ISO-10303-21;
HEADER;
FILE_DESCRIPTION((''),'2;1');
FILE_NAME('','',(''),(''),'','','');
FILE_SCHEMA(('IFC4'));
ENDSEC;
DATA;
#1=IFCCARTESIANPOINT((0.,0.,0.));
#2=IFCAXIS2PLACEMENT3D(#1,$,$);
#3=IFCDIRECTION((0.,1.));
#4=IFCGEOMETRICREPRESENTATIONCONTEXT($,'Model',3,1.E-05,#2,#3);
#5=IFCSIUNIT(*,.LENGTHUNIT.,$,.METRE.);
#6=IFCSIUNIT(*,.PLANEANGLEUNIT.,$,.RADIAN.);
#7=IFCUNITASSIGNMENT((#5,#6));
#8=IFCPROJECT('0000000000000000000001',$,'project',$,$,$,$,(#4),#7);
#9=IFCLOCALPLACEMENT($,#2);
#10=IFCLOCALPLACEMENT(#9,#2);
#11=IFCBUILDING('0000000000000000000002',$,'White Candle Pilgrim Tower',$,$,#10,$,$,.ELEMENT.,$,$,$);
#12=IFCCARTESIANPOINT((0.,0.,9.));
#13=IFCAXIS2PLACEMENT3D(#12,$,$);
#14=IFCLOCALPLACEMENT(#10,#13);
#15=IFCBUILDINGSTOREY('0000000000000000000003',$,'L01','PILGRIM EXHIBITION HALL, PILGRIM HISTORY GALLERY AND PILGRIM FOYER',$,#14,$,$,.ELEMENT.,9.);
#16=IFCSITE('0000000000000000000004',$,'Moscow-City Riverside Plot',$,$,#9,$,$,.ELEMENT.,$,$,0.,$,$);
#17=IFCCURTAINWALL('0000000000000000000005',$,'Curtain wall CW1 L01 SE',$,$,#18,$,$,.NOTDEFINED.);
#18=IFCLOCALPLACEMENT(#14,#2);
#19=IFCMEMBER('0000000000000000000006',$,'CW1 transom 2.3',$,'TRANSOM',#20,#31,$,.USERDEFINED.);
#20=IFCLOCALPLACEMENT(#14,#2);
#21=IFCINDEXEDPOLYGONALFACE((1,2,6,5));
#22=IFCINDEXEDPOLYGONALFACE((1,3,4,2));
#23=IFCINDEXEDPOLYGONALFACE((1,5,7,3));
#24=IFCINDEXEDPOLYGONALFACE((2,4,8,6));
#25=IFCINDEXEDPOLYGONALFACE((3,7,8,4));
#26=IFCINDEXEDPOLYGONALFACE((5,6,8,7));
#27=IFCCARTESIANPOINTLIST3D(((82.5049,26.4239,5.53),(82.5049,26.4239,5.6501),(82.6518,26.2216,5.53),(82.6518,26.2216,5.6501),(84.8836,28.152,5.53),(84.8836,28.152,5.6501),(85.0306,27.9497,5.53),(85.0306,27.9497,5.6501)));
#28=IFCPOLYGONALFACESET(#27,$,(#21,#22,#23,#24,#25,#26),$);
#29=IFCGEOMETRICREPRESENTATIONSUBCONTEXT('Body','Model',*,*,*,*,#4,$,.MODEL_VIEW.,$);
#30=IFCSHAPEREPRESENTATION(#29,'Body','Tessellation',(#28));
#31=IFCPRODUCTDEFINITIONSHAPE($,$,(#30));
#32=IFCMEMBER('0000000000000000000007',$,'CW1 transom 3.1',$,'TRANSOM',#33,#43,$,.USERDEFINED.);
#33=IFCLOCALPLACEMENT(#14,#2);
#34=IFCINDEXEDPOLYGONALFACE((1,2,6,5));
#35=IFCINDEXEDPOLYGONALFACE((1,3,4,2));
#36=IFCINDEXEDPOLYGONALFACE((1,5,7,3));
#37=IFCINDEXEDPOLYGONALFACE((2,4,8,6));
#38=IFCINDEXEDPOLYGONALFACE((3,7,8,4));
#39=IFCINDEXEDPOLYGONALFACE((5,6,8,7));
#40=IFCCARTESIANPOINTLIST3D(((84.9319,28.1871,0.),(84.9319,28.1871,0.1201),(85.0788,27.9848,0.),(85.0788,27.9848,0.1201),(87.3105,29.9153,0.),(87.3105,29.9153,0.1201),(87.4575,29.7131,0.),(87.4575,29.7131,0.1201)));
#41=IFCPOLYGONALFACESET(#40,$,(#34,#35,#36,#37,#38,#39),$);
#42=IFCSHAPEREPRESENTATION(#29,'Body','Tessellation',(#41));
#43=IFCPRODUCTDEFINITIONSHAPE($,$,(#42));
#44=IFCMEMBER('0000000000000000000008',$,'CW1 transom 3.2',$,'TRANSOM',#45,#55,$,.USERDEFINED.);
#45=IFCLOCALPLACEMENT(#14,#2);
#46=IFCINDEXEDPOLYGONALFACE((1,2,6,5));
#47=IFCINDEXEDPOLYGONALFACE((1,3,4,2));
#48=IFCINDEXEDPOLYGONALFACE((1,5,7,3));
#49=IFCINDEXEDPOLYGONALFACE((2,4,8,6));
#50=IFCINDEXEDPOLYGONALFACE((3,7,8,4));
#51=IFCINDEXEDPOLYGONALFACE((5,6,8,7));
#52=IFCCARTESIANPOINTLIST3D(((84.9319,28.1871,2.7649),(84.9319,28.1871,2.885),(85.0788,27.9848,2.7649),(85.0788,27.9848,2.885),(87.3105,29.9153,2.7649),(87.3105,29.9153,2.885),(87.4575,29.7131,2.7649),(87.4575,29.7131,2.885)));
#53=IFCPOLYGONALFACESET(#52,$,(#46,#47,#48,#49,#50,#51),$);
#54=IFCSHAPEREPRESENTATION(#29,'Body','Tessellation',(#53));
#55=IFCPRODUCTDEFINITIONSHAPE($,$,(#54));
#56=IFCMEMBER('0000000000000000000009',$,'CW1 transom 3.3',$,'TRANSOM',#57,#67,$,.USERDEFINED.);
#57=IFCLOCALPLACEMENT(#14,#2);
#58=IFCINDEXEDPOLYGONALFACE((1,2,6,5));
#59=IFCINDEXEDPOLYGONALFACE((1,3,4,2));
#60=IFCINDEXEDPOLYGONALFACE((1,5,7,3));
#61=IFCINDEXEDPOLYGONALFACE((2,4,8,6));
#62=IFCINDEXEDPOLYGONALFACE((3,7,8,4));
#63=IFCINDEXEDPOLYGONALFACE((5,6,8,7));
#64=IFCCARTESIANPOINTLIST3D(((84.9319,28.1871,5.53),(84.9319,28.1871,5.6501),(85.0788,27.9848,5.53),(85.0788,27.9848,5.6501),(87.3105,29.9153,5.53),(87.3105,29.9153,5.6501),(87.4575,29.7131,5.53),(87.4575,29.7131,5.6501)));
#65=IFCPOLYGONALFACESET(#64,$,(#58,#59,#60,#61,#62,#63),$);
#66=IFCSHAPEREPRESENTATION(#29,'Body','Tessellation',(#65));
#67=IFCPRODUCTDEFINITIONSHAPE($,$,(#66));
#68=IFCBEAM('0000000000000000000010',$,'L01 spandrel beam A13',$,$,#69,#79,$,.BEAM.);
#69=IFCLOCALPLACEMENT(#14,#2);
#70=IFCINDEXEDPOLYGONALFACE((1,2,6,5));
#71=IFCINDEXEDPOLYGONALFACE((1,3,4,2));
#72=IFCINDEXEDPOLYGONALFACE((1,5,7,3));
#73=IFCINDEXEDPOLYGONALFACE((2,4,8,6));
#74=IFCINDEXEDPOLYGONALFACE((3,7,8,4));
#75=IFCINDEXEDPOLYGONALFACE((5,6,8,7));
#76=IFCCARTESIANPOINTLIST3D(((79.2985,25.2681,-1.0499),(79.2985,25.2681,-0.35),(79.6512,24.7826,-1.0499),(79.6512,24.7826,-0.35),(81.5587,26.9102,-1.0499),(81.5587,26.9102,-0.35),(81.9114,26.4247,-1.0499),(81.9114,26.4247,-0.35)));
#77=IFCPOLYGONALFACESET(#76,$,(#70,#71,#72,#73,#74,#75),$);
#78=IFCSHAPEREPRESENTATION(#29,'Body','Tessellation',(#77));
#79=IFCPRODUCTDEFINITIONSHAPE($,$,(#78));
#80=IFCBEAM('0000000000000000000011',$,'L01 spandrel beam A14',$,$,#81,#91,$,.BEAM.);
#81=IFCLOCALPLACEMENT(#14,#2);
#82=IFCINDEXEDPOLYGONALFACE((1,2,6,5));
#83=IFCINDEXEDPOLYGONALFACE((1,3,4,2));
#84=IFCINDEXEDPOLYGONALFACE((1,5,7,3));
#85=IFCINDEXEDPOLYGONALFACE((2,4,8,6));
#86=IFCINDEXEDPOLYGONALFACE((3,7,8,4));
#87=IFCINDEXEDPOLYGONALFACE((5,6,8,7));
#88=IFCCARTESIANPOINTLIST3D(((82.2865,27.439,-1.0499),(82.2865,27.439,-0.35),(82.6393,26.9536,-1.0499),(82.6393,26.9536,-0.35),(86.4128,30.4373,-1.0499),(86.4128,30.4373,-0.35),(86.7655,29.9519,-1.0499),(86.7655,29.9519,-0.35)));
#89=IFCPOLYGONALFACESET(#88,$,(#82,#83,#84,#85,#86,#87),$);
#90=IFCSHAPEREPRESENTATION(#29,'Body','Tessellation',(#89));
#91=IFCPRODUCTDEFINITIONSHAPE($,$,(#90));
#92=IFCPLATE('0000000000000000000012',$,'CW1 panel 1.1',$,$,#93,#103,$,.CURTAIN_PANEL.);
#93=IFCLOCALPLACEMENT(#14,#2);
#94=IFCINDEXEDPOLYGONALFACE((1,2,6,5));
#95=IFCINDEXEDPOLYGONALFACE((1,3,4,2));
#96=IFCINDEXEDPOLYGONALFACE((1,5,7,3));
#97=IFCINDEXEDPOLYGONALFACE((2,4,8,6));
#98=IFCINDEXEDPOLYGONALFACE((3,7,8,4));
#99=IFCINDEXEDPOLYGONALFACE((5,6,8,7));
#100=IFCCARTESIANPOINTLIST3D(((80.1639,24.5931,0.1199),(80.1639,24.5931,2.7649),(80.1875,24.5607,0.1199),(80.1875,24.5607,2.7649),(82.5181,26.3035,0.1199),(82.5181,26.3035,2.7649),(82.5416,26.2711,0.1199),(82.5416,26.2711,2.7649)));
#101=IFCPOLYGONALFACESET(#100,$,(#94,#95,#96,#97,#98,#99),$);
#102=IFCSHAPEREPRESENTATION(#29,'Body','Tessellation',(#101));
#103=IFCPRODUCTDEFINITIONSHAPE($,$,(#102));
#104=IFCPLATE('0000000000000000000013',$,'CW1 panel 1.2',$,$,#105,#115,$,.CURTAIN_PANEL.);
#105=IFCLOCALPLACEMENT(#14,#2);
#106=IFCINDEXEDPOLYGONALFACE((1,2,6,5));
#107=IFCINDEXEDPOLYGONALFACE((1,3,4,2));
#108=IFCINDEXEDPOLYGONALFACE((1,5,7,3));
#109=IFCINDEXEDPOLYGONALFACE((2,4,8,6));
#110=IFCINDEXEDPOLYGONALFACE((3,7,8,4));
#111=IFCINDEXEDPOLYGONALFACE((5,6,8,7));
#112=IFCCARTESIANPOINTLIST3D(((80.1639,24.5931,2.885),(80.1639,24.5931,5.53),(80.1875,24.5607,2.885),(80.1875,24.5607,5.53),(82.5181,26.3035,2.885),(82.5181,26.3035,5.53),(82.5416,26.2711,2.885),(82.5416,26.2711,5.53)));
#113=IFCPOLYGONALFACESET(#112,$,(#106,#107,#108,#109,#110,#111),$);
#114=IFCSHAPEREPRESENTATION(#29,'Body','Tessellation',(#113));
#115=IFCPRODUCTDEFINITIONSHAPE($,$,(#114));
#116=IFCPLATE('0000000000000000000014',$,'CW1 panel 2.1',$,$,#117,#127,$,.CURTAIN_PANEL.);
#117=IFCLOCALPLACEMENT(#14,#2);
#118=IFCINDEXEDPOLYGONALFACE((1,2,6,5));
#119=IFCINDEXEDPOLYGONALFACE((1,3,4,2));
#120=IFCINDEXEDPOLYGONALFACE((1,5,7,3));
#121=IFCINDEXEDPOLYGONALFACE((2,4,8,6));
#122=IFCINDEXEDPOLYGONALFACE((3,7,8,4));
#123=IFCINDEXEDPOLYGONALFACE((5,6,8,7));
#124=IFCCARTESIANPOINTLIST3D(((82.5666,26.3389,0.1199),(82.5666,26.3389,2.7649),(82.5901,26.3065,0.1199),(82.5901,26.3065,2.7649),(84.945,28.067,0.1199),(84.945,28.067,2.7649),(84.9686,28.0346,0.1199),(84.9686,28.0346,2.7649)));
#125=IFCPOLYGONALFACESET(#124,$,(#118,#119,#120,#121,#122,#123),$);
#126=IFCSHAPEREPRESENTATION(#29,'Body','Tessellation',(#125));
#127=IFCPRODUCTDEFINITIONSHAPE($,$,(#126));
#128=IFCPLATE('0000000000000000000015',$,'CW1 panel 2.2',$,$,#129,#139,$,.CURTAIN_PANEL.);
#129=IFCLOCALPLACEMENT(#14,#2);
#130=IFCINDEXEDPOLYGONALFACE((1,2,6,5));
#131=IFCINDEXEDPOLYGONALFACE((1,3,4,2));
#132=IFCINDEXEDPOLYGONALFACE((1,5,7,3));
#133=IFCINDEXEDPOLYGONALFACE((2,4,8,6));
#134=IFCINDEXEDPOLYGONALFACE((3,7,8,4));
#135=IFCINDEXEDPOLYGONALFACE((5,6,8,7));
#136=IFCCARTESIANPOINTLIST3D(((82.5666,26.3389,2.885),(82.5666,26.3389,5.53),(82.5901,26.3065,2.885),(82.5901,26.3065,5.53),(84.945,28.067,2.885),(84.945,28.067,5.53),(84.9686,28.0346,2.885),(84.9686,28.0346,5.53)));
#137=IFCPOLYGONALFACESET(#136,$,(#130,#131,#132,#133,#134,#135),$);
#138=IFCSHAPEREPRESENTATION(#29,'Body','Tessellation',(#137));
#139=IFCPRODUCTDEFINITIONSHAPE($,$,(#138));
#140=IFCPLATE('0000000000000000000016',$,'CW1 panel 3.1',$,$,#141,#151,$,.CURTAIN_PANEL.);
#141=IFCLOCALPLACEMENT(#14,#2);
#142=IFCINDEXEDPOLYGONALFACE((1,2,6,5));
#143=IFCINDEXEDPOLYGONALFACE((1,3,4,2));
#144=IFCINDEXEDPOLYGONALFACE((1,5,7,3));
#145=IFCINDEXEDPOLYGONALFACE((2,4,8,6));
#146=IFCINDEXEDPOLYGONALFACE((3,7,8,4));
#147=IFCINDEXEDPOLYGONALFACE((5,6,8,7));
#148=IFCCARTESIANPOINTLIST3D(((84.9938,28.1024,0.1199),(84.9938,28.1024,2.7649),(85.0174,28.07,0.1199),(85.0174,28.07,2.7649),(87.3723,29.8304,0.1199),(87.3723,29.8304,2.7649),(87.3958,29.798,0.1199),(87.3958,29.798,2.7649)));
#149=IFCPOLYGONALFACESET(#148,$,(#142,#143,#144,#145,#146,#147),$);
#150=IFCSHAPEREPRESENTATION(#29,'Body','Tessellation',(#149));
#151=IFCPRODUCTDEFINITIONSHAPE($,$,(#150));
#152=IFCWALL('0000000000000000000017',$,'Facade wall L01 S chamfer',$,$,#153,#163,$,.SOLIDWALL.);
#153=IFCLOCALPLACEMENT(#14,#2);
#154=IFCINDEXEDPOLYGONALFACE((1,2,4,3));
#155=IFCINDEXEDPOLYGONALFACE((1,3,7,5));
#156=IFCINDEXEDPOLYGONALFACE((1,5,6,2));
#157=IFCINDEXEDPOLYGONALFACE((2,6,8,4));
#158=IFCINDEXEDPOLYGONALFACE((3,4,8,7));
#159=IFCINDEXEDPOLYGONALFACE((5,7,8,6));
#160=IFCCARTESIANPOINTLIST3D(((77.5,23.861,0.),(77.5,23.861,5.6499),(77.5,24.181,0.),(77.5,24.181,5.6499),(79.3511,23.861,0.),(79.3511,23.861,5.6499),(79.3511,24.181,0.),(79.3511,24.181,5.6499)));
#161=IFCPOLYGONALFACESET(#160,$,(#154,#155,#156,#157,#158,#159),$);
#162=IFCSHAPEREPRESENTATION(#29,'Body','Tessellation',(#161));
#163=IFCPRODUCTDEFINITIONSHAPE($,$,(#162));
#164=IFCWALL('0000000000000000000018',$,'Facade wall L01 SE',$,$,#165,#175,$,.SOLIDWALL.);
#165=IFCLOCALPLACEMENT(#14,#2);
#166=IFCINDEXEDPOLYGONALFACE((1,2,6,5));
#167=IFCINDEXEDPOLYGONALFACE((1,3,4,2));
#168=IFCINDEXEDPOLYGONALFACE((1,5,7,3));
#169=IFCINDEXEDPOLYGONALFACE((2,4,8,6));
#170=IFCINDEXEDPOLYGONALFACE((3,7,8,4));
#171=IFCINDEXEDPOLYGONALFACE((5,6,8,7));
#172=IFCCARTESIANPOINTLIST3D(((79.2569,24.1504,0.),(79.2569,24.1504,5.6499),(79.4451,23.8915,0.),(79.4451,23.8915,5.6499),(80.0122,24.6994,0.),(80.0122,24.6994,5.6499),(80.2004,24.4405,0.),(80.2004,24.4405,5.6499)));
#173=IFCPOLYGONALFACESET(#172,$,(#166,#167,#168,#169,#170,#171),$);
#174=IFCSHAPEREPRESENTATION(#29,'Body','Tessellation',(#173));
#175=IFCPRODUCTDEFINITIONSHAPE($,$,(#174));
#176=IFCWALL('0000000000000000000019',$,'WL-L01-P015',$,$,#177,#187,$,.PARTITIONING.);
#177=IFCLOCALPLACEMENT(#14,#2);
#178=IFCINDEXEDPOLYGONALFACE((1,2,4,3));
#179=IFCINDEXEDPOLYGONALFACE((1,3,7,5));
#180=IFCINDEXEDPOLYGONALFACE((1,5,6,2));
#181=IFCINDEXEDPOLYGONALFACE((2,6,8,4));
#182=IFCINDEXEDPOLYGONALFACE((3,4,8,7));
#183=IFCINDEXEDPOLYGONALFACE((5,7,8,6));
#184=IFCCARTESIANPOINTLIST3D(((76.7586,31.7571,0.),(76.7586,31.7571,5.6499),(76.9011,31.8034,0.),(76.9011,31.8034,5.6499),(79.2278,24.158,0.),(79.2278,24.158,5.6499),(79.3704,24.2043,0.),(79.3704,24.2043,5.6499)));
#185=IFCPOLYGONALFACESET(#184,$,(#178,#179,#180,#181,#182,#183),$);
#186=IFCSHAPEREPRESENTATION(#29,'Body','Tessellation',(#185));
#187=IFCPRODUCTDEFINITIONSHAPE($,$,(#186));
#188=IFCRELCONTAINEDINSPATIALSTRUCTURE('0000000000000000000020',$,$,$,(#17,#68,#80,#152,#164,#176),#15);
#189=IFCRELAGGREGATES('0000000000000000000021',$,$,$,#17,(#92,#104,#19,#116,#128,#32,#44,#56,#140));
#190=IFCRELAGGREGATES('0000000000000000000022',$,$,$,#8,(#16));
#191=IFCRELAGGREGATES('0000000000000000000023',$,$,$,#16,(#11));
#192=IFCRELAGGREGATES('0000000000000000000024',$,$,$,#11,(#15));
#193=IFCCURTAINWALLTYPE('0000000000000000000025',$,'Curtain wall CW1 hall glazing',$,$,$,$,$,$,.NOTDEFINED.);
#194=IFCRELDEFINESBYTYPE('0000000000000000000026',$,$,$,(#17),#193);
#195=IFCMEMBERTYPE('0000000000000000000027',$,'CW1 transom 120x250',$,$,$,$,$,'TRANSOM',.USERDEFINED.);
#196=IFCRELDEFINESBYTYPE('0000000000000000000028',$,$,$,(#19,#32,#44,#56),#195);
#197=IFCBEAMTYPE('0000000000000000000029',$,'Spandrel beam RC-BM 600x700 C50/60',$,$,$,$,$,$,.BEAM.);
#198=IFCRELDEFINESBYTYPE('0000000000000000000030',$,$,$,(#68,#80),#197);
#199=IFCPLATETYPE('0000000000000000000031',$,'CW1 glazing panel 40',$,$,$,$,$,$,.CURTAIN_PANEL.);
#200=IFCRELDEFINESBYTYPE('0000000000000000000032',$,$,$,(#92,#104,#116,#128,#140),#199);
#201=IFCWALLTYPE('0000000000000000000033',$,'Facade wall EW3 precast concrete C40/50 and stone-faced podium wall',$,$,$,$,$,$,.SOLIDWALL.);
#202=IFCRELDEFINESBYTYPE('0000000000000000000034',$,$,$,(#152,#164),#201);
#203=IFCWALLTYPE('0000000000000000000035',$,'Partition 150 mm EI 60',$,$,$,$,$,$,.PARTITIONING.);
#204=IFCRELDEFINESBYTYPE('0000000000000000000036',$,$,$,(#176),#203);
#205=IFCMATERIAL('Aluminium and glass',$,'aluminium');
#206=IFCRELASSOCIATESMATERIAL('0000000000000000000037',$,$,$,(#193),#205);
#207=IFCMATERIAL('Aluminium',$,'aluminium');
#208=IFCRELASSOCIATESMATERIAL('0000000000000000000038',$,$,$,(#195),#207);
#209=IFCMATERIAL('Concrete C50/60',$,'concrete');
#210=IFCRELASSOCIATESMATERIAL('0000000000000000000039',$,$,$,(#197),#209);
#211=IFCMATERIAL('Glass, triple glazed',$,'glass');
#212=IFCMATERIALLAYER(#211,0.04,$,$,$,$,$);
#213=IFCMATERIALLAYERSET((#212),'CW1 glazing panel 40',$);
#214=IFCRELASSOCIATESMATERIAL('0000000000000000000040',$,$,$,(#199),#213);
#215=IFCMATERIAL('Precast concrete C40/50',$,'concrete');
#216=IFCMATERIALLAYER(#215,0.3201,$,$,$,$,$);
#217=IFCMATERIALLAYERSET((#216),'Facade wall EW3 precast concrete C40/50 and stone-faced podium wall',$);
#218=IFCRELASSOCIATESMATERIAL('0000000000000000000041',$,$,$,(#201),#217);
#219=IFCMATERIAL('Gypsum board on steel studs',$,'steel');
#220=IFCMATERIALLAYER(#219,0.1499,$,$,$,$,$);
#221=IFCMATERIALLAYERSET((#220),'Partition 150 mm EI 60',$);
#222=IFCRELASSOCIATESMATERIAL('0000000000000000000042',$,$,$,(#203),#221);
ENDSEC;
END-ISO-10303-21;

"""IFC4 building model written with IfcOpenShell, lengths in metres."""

from ifc_helpers import new_model, si_unit, direction, frame, frame_2d, origin, origin_2d, place, context, subcontext, project, spatial, rectangle, extrude, material, layer, layer_set, material_profile, profile_set, type_object, element, aggregate, save


model = new_model("IFC4")

# Units and contexts
model_context = context("Model", 3, precision=1e-05, world=origin(), true_north=direction((0.0, 1.0)))
body_context = subcontext(model_context, "Body", "Model", "MODEL_VIEW")
ifc_project = project(units=[si_unit("LENGTHUNIT", "METRE"), si_unit("PLANEANGLEUNIT", "RADIAN")], contexts=[model_context])

# Site, building, storey
site_placement = place(None, origin())
site = spatial("IfcSite", under=ifc_project, at=site_placement, Name="Moscow-City Riverside Plot", CompositionType="ELEMENT", RefElevation=0.0)
building_placement = place(site_placement, origin())
building = spatial("IfcBuilding", under=site, at=building_placement, Name="White Candle Pilgrim Tower", CompositionType="ELEMENT")
storey_placement = place(building_placement, frame((0.0, 0.0, 9.0)))
storey = spatial("IfcBuildingStorey", under=building, at=storey_placement, Name="L01", Description="PILGRIM EXHIBITION HALL, PILGRIM HISTORY GALLERY AND PILGRIM FOYER", CompositionType="ELEMENT", Elevation=9.0)

# Curtain wall, members
ifc_material_1 = material(Name="Aluminium and glass", Category="aluminium")
curtain_wall_type = type_object("IfcCurtainWallType", Name="Curtain wall CW1 hall glazing", PredefinedType="NOTDEFINED", material=ifc_material_1)
curtain_wall_placement = place(storey_placement, origin())
curtain_wall = element("IfcCurtainWall", 1, at=curtain_wall_placement, inside=storey, type_object=curtain_wall_type, Name="Curtain wall CW1 L01 SE", PredefinedType="NOTDEFINED")
ifc_material_2 = material(Name="Aluminium", Category="aluminium")
ifc_material_profile_1 = material_profile(ifc_material_2, rectangle(XDim=0.25, YDim=0.1201, at=origin_2d()), Name="CW1 transom 120x250")
ifc_profile_set_1 = profile_set([ifc_material_profile_1], Name="Aluminium")
member_type_1 = type_object("IfcMemberType", Name="CW1 transom 120x250", ElementType="TRANSOM", PredefinedType="USERDEFINED", material=ifc_profile_set_1)
member_1_placement = place(storey_placement, frame((82.5784, 26.3228, 5.5901), z_axis=(0.809045, 0.587747, 0.0), x_axis=(-0.587747, 0.809045, 0.0)))
member_1 = element("IfcMember", 2, at=member_1_placement, type_object=member_type_1, Name="CW1 transom 2.3", ObjectType="TRANSOM", PredefinedType="USERDEFINED", context=body_context, shape_type="SweptSolid", body=[
    extrude(rectangle(XDim=0.25, YDim=0.1201, at=origin_2d()), origin(), (0.0, 0.0, 1.0), 2.9402),
])
member_2_placement = place(storey_placement, frame((85.0054, 28.0859, 0.0601), z_axis=(0.809005, 0.587801, 0.0), x_axis=(-0.587801, 0.809005, 0.0)))
member_2 = element("IfcMember", 3, at=member_2_placement, type_object=member_type_1, Name="CW1 transom 3.1", ObjectType="TRANSOM", PredefinedType="USERDEFINED", context=body_context, shape_type="SweptSolid", body=[
    extrude(rectangle(XDim=0.25, YDim=0.1201, at=origin_2d()), origin(), (0.0, 0.0, 1.0), 2.9402),
])
member_3_placement = place(storey_placement, frame((85.0054, 28.0859, 2.825), z_axis=(0.809005, 0.587801, 0.0), x_axis=(-0.587801, 0.809005, 0.0)))
member_3 = element("IfcMember", 4, at=member_3_placement, type_object=member_type_1, Name="CW1 transom 3.2", ObjectType="TRANSOM", PredefinedType="USERDEFINED", context=body_context, shape_type="SweptSolid", body=[
    extrude(rectangle(XDim=0.25, YDim=0.1201, at=origin_2d()), origin(), (0.0, 0.0, 1.0), 2.9402),
])
member_4_placement = place(storey_placement, frame((85.0054, 28.0859, 5.5901), z_axis=(0.809005, 0.587801, 0.0), x_axis=(-0.587801, 0.809005, 0.0)))
member_4 = element("IfcMember", 5, at=member_4_placement, type_object=member_type_1, Name="CW1 transom 3.3", ObjectType="TRANSOM", PredefinedType="USERDEFINED", context=body_context, shape_type="SweptSolid", body=[
    extrude(rectangle(XDim=0.25, YDim=0.1201, at=origin_2d()), origin(), (0.0, 0.0, 1.0), 2.9402),
])

# Beams
ifc_material_3 = material(Name="Concrete C50/60", Category="concrete")
ifc_material_profile_2 = material_profile(ifc_material_3, rectangle(XDim=0.6001, YDim=0.7, at=origin_2d()), Name="RC-BM 600x700")
ifc_profile_set_2 = profile_set([ifc_material_profile_2], Name="Concrete C50/60")
beam_type = type_object("IfcBeamType", Name="Spandrel beam RC-BM 600x700 C50/60", PredefinedType="BEAM", material=ifc_profile_set_2)
beam_1_placement = place(storey_placement, frame((79.4749, 25.0254, -0.7), z_axis=(0.809031, 0.587766, 0.0), x_axis=(-0.587766, 0.809031, 0.0)))
element("IfcBeam", 6, at=beam_1_placement, inside=storey, type_object=beam_type, Name="L01 spandrel beam A13", PredefinedType="BEAM", context=body_context, shape_type="SweptSolid", body=[
    extrude(rectangle(XDim=0.6001, YDim=0.7, at=origin_2d()), origin(), (0.0, 0.0, 1.0), 2.7937),
])
beam_2_placement = place(storey_placement, frame((82.4629, 27.1963, -0.7), z_axis=(0.808978, 0.587839, 0.0), x_axis=(-0.587839, 0.808978, 0.0)))
element("IfcBeam", 7, at=beam_2_placement, inside=storey, type_object=beam_type, Name="L01 spandrel beam A14", PredefinedType="BEAM", context=body_context, shape_type="SweptSolid", body=[
    extrude(rectangle(XDim=0.6001, YDim=0.7, at=origin_2d()), origin(), (0.0, 0.0, 1.0), 5.1006),
])

# Plates
ifc_material_4 = material(Name="Glass, triple glazed", Category="glass")
ifc_layer_1 = layer(ifc_material_4, 0.04)
ifc_layer_set_1 = layer_set([ifc_layer_1], Name="CW1 glazing panel 40")
plate_type = type_object("IfcPlateType", Name="CW1 glazing panel 40", PredefinedType="CURTAIN_PANEL", material=ifc_layer_set_1)
plate_1_placement = place(storey_placement, frame((81.3528, 25.4321, 0.1199), z_axis=(0.0, 0.0, 1.0), x_axis=(0.809017, 0.587785, 0.0)))
plate_1 = element("IfcPlate", 8, at=plate_1_placement, type_object=plate_type, Name="CW1 panel 1.1", PredefinedType="CURTAIN_PANEL", context=body_context, shape_type="SweptSolid", body=[
    extrude(rectangle(XDim=2.9099, YDim=0.04, at=origin_2d()), origin(), (0.0, 0.0, 1.0), 2.645),
])
plate_2_placement = place(storey_placement, frame((81.3528, 25.4321, 2.885), z_axis=(0.0, 0.0, 1.0), x_axis=(0.809017, 0.587785, 0.0)))
plate_2 = element("IfcPlate", 9, at=plate_2_placement, type_object=plate_type, Name="CW1 panel 1.2", PredefinedType="CURTAIN_PANEL", context=body_context, shape_type="SweptSolid", body=[
    extrude(rectangle(XDim=2.9099, YDim=0.04, at=origin_2d()), origin(), (0.0, 0.0, 1.0), 2.645),
])
plate_3_placement = place(storey_placement, frame((83.7676, 27.1868, 0.1199), z_axis=(0.0, 0.0, 1.0), x_axis=(0.809017, 0.587785, 0.0)))
plate_3 = element("IfcPlate", 10, at=plate_3_placement, type_object=plate_type, Name="CW1 panel 2.1", PredefinedType="CURTAIN_PANEL", context=body_context, shape_type="SweptSolid", body=[
    extrude(rectangle(XDim=2.9399, YDim=0.04, at=origin_2d()), origin(), (0.0, 0.0, 1.0), 2.645),
])
plate_4_placement = place(storey_placement, frame((83.7676, 27.1868, 2.885), z_axis=(0.0, 0.0, 1.0), x_axis=(0.809017, 0.587785, 0.0)))
plate_4 = element("IfcPlate", 11, at=plate_4_placement, type_object=plate_type, Name="CW1 panel 2.2", PredefinedType="CURTAIN_PANEL", context=body_context, shape_type="SweptSolid", body=[
    extrude(rectangle(XDim=2.9399, YDim=0.04, at=origin_2d()), origin(), (0.0, 0.0, 1.0), 2.645),
])
plate_5_placement = place(storey_placement, frame((86.1948, 28.9502, 0.1199), z_axis=(0.0, 0.0, 1.0), x_axis=(0.809017, 0.587785, 0.0)))
plate_5 = element("IfcPlate", 12, at=plate_5_placement, type_object=plate_type, Name="CW1 panel 3.1", PredefinedType="CURTAIN_PANEL", context=body_context, shape_type="SweptSolid", body=[
    extrude(rectangle(XDim=2.9399, YDim=0.04, at=origin_2d()), origin(), (0.0, 0.0, 1.0), 2.645),
])
aggregate(curtain_wall, [plate_1, plate_2, member_1, plate_3, plate_4, member_2, member_3, member_4, plate_5])

# Walls
ifc_material_5 = material(Name="Precast concrete C40/50", Category="concrete")
ifc_layer_2 = layer(ifc_material_5, 0.3201)
ifc_layer_set_2 = layer_set([ifc_layer_2], Name="Facade wall EW3 precast concrete C40/50 and stone-faced podium wall")
wall_type_1 = type_object("IfcWallType", Name="Facade wall EW3 precast concrete C40/50 and stone-faced podium wall", PredefinedType="SOLIDWALL", material=ifc_layer_set_2)
wall_1_placement = place(storey_placement, frame((77.5, 24.021, 0.0), z_axis=(0.0, 0.0, 1.0), x_axis=(1.0, 0.0, 0.0)))
element("IfcWall", 13, at=wall_1_placement, inside=storey, type_object=wall_type_1, Name="Facade wall L01 S chamfer", PredefinedType="SOLIDWALL", context=body_context, shape_type="SweptSolid", body=[
    extrude(rectangle(XDim=1.8511, YDim=0.3201, at=frame_2d((0.9255, 0.0))), origin(), (0.0, 0.0, 1.0), 5.6499),
])
wall_2_placement = place(storey_placement, frame((79.3511, 24.021, 0.0), z_axis=(0.0, 0.0, 1.0), x_axis=(0.808883, 0.58797, 0.0)))
element("IfcWall", 14, at=wall_2_placement, inside=storey, type_object=wall_type_1, Name="Facade wall L01 SE", PredefinedType="SOLIDWALL", context=body_context, shape_type="SweptSolid", body=[
    extrude(rectangle(XDim=0.9338, YDim=0.3201, at=frame_2d((0.4668, 0.0))), origin(), (0.0, 0.0, 1.0), 5.6499),
])
ifc_material_6 = material(Name="Gypsum board on steel studs", Category="steel")
ifc_layer_3 = layer(ifc_material_6, 0.1499)
ifc_layer_set_3 = layer_set([ifc_layer_3], Name="Partition 150 mm EI 60")
wall_type_2 = type_object("IfcWallType", Name="Partition 150 mm EI 60", PredefinedType="PARTITIONING", material=ifc_layer_set_3)
wall_3_placement = place(storey_placement, frame((79.2991, 24.1812, 0.0), z_axis=(0.0, 0.0, 1.0), x_axis=(-0.309032, 0.951052, 0.0)))
element("IfcWall", 15, at=wall_3_placement, inside=storey, type_object=wall_type_2, Name="WL-L01-P015", PredefinedType="PARTITIONING", context=body_context, shape_type="SweptSolid", body=[
    extrude(rectangle(XDim=7.9902, YDim=0.1499, at=frame_2d((3.9951, 0.0))), origin(), (0.0, 0.0, 1.0), 5.6499),
])

save(model, "model.ifc")
